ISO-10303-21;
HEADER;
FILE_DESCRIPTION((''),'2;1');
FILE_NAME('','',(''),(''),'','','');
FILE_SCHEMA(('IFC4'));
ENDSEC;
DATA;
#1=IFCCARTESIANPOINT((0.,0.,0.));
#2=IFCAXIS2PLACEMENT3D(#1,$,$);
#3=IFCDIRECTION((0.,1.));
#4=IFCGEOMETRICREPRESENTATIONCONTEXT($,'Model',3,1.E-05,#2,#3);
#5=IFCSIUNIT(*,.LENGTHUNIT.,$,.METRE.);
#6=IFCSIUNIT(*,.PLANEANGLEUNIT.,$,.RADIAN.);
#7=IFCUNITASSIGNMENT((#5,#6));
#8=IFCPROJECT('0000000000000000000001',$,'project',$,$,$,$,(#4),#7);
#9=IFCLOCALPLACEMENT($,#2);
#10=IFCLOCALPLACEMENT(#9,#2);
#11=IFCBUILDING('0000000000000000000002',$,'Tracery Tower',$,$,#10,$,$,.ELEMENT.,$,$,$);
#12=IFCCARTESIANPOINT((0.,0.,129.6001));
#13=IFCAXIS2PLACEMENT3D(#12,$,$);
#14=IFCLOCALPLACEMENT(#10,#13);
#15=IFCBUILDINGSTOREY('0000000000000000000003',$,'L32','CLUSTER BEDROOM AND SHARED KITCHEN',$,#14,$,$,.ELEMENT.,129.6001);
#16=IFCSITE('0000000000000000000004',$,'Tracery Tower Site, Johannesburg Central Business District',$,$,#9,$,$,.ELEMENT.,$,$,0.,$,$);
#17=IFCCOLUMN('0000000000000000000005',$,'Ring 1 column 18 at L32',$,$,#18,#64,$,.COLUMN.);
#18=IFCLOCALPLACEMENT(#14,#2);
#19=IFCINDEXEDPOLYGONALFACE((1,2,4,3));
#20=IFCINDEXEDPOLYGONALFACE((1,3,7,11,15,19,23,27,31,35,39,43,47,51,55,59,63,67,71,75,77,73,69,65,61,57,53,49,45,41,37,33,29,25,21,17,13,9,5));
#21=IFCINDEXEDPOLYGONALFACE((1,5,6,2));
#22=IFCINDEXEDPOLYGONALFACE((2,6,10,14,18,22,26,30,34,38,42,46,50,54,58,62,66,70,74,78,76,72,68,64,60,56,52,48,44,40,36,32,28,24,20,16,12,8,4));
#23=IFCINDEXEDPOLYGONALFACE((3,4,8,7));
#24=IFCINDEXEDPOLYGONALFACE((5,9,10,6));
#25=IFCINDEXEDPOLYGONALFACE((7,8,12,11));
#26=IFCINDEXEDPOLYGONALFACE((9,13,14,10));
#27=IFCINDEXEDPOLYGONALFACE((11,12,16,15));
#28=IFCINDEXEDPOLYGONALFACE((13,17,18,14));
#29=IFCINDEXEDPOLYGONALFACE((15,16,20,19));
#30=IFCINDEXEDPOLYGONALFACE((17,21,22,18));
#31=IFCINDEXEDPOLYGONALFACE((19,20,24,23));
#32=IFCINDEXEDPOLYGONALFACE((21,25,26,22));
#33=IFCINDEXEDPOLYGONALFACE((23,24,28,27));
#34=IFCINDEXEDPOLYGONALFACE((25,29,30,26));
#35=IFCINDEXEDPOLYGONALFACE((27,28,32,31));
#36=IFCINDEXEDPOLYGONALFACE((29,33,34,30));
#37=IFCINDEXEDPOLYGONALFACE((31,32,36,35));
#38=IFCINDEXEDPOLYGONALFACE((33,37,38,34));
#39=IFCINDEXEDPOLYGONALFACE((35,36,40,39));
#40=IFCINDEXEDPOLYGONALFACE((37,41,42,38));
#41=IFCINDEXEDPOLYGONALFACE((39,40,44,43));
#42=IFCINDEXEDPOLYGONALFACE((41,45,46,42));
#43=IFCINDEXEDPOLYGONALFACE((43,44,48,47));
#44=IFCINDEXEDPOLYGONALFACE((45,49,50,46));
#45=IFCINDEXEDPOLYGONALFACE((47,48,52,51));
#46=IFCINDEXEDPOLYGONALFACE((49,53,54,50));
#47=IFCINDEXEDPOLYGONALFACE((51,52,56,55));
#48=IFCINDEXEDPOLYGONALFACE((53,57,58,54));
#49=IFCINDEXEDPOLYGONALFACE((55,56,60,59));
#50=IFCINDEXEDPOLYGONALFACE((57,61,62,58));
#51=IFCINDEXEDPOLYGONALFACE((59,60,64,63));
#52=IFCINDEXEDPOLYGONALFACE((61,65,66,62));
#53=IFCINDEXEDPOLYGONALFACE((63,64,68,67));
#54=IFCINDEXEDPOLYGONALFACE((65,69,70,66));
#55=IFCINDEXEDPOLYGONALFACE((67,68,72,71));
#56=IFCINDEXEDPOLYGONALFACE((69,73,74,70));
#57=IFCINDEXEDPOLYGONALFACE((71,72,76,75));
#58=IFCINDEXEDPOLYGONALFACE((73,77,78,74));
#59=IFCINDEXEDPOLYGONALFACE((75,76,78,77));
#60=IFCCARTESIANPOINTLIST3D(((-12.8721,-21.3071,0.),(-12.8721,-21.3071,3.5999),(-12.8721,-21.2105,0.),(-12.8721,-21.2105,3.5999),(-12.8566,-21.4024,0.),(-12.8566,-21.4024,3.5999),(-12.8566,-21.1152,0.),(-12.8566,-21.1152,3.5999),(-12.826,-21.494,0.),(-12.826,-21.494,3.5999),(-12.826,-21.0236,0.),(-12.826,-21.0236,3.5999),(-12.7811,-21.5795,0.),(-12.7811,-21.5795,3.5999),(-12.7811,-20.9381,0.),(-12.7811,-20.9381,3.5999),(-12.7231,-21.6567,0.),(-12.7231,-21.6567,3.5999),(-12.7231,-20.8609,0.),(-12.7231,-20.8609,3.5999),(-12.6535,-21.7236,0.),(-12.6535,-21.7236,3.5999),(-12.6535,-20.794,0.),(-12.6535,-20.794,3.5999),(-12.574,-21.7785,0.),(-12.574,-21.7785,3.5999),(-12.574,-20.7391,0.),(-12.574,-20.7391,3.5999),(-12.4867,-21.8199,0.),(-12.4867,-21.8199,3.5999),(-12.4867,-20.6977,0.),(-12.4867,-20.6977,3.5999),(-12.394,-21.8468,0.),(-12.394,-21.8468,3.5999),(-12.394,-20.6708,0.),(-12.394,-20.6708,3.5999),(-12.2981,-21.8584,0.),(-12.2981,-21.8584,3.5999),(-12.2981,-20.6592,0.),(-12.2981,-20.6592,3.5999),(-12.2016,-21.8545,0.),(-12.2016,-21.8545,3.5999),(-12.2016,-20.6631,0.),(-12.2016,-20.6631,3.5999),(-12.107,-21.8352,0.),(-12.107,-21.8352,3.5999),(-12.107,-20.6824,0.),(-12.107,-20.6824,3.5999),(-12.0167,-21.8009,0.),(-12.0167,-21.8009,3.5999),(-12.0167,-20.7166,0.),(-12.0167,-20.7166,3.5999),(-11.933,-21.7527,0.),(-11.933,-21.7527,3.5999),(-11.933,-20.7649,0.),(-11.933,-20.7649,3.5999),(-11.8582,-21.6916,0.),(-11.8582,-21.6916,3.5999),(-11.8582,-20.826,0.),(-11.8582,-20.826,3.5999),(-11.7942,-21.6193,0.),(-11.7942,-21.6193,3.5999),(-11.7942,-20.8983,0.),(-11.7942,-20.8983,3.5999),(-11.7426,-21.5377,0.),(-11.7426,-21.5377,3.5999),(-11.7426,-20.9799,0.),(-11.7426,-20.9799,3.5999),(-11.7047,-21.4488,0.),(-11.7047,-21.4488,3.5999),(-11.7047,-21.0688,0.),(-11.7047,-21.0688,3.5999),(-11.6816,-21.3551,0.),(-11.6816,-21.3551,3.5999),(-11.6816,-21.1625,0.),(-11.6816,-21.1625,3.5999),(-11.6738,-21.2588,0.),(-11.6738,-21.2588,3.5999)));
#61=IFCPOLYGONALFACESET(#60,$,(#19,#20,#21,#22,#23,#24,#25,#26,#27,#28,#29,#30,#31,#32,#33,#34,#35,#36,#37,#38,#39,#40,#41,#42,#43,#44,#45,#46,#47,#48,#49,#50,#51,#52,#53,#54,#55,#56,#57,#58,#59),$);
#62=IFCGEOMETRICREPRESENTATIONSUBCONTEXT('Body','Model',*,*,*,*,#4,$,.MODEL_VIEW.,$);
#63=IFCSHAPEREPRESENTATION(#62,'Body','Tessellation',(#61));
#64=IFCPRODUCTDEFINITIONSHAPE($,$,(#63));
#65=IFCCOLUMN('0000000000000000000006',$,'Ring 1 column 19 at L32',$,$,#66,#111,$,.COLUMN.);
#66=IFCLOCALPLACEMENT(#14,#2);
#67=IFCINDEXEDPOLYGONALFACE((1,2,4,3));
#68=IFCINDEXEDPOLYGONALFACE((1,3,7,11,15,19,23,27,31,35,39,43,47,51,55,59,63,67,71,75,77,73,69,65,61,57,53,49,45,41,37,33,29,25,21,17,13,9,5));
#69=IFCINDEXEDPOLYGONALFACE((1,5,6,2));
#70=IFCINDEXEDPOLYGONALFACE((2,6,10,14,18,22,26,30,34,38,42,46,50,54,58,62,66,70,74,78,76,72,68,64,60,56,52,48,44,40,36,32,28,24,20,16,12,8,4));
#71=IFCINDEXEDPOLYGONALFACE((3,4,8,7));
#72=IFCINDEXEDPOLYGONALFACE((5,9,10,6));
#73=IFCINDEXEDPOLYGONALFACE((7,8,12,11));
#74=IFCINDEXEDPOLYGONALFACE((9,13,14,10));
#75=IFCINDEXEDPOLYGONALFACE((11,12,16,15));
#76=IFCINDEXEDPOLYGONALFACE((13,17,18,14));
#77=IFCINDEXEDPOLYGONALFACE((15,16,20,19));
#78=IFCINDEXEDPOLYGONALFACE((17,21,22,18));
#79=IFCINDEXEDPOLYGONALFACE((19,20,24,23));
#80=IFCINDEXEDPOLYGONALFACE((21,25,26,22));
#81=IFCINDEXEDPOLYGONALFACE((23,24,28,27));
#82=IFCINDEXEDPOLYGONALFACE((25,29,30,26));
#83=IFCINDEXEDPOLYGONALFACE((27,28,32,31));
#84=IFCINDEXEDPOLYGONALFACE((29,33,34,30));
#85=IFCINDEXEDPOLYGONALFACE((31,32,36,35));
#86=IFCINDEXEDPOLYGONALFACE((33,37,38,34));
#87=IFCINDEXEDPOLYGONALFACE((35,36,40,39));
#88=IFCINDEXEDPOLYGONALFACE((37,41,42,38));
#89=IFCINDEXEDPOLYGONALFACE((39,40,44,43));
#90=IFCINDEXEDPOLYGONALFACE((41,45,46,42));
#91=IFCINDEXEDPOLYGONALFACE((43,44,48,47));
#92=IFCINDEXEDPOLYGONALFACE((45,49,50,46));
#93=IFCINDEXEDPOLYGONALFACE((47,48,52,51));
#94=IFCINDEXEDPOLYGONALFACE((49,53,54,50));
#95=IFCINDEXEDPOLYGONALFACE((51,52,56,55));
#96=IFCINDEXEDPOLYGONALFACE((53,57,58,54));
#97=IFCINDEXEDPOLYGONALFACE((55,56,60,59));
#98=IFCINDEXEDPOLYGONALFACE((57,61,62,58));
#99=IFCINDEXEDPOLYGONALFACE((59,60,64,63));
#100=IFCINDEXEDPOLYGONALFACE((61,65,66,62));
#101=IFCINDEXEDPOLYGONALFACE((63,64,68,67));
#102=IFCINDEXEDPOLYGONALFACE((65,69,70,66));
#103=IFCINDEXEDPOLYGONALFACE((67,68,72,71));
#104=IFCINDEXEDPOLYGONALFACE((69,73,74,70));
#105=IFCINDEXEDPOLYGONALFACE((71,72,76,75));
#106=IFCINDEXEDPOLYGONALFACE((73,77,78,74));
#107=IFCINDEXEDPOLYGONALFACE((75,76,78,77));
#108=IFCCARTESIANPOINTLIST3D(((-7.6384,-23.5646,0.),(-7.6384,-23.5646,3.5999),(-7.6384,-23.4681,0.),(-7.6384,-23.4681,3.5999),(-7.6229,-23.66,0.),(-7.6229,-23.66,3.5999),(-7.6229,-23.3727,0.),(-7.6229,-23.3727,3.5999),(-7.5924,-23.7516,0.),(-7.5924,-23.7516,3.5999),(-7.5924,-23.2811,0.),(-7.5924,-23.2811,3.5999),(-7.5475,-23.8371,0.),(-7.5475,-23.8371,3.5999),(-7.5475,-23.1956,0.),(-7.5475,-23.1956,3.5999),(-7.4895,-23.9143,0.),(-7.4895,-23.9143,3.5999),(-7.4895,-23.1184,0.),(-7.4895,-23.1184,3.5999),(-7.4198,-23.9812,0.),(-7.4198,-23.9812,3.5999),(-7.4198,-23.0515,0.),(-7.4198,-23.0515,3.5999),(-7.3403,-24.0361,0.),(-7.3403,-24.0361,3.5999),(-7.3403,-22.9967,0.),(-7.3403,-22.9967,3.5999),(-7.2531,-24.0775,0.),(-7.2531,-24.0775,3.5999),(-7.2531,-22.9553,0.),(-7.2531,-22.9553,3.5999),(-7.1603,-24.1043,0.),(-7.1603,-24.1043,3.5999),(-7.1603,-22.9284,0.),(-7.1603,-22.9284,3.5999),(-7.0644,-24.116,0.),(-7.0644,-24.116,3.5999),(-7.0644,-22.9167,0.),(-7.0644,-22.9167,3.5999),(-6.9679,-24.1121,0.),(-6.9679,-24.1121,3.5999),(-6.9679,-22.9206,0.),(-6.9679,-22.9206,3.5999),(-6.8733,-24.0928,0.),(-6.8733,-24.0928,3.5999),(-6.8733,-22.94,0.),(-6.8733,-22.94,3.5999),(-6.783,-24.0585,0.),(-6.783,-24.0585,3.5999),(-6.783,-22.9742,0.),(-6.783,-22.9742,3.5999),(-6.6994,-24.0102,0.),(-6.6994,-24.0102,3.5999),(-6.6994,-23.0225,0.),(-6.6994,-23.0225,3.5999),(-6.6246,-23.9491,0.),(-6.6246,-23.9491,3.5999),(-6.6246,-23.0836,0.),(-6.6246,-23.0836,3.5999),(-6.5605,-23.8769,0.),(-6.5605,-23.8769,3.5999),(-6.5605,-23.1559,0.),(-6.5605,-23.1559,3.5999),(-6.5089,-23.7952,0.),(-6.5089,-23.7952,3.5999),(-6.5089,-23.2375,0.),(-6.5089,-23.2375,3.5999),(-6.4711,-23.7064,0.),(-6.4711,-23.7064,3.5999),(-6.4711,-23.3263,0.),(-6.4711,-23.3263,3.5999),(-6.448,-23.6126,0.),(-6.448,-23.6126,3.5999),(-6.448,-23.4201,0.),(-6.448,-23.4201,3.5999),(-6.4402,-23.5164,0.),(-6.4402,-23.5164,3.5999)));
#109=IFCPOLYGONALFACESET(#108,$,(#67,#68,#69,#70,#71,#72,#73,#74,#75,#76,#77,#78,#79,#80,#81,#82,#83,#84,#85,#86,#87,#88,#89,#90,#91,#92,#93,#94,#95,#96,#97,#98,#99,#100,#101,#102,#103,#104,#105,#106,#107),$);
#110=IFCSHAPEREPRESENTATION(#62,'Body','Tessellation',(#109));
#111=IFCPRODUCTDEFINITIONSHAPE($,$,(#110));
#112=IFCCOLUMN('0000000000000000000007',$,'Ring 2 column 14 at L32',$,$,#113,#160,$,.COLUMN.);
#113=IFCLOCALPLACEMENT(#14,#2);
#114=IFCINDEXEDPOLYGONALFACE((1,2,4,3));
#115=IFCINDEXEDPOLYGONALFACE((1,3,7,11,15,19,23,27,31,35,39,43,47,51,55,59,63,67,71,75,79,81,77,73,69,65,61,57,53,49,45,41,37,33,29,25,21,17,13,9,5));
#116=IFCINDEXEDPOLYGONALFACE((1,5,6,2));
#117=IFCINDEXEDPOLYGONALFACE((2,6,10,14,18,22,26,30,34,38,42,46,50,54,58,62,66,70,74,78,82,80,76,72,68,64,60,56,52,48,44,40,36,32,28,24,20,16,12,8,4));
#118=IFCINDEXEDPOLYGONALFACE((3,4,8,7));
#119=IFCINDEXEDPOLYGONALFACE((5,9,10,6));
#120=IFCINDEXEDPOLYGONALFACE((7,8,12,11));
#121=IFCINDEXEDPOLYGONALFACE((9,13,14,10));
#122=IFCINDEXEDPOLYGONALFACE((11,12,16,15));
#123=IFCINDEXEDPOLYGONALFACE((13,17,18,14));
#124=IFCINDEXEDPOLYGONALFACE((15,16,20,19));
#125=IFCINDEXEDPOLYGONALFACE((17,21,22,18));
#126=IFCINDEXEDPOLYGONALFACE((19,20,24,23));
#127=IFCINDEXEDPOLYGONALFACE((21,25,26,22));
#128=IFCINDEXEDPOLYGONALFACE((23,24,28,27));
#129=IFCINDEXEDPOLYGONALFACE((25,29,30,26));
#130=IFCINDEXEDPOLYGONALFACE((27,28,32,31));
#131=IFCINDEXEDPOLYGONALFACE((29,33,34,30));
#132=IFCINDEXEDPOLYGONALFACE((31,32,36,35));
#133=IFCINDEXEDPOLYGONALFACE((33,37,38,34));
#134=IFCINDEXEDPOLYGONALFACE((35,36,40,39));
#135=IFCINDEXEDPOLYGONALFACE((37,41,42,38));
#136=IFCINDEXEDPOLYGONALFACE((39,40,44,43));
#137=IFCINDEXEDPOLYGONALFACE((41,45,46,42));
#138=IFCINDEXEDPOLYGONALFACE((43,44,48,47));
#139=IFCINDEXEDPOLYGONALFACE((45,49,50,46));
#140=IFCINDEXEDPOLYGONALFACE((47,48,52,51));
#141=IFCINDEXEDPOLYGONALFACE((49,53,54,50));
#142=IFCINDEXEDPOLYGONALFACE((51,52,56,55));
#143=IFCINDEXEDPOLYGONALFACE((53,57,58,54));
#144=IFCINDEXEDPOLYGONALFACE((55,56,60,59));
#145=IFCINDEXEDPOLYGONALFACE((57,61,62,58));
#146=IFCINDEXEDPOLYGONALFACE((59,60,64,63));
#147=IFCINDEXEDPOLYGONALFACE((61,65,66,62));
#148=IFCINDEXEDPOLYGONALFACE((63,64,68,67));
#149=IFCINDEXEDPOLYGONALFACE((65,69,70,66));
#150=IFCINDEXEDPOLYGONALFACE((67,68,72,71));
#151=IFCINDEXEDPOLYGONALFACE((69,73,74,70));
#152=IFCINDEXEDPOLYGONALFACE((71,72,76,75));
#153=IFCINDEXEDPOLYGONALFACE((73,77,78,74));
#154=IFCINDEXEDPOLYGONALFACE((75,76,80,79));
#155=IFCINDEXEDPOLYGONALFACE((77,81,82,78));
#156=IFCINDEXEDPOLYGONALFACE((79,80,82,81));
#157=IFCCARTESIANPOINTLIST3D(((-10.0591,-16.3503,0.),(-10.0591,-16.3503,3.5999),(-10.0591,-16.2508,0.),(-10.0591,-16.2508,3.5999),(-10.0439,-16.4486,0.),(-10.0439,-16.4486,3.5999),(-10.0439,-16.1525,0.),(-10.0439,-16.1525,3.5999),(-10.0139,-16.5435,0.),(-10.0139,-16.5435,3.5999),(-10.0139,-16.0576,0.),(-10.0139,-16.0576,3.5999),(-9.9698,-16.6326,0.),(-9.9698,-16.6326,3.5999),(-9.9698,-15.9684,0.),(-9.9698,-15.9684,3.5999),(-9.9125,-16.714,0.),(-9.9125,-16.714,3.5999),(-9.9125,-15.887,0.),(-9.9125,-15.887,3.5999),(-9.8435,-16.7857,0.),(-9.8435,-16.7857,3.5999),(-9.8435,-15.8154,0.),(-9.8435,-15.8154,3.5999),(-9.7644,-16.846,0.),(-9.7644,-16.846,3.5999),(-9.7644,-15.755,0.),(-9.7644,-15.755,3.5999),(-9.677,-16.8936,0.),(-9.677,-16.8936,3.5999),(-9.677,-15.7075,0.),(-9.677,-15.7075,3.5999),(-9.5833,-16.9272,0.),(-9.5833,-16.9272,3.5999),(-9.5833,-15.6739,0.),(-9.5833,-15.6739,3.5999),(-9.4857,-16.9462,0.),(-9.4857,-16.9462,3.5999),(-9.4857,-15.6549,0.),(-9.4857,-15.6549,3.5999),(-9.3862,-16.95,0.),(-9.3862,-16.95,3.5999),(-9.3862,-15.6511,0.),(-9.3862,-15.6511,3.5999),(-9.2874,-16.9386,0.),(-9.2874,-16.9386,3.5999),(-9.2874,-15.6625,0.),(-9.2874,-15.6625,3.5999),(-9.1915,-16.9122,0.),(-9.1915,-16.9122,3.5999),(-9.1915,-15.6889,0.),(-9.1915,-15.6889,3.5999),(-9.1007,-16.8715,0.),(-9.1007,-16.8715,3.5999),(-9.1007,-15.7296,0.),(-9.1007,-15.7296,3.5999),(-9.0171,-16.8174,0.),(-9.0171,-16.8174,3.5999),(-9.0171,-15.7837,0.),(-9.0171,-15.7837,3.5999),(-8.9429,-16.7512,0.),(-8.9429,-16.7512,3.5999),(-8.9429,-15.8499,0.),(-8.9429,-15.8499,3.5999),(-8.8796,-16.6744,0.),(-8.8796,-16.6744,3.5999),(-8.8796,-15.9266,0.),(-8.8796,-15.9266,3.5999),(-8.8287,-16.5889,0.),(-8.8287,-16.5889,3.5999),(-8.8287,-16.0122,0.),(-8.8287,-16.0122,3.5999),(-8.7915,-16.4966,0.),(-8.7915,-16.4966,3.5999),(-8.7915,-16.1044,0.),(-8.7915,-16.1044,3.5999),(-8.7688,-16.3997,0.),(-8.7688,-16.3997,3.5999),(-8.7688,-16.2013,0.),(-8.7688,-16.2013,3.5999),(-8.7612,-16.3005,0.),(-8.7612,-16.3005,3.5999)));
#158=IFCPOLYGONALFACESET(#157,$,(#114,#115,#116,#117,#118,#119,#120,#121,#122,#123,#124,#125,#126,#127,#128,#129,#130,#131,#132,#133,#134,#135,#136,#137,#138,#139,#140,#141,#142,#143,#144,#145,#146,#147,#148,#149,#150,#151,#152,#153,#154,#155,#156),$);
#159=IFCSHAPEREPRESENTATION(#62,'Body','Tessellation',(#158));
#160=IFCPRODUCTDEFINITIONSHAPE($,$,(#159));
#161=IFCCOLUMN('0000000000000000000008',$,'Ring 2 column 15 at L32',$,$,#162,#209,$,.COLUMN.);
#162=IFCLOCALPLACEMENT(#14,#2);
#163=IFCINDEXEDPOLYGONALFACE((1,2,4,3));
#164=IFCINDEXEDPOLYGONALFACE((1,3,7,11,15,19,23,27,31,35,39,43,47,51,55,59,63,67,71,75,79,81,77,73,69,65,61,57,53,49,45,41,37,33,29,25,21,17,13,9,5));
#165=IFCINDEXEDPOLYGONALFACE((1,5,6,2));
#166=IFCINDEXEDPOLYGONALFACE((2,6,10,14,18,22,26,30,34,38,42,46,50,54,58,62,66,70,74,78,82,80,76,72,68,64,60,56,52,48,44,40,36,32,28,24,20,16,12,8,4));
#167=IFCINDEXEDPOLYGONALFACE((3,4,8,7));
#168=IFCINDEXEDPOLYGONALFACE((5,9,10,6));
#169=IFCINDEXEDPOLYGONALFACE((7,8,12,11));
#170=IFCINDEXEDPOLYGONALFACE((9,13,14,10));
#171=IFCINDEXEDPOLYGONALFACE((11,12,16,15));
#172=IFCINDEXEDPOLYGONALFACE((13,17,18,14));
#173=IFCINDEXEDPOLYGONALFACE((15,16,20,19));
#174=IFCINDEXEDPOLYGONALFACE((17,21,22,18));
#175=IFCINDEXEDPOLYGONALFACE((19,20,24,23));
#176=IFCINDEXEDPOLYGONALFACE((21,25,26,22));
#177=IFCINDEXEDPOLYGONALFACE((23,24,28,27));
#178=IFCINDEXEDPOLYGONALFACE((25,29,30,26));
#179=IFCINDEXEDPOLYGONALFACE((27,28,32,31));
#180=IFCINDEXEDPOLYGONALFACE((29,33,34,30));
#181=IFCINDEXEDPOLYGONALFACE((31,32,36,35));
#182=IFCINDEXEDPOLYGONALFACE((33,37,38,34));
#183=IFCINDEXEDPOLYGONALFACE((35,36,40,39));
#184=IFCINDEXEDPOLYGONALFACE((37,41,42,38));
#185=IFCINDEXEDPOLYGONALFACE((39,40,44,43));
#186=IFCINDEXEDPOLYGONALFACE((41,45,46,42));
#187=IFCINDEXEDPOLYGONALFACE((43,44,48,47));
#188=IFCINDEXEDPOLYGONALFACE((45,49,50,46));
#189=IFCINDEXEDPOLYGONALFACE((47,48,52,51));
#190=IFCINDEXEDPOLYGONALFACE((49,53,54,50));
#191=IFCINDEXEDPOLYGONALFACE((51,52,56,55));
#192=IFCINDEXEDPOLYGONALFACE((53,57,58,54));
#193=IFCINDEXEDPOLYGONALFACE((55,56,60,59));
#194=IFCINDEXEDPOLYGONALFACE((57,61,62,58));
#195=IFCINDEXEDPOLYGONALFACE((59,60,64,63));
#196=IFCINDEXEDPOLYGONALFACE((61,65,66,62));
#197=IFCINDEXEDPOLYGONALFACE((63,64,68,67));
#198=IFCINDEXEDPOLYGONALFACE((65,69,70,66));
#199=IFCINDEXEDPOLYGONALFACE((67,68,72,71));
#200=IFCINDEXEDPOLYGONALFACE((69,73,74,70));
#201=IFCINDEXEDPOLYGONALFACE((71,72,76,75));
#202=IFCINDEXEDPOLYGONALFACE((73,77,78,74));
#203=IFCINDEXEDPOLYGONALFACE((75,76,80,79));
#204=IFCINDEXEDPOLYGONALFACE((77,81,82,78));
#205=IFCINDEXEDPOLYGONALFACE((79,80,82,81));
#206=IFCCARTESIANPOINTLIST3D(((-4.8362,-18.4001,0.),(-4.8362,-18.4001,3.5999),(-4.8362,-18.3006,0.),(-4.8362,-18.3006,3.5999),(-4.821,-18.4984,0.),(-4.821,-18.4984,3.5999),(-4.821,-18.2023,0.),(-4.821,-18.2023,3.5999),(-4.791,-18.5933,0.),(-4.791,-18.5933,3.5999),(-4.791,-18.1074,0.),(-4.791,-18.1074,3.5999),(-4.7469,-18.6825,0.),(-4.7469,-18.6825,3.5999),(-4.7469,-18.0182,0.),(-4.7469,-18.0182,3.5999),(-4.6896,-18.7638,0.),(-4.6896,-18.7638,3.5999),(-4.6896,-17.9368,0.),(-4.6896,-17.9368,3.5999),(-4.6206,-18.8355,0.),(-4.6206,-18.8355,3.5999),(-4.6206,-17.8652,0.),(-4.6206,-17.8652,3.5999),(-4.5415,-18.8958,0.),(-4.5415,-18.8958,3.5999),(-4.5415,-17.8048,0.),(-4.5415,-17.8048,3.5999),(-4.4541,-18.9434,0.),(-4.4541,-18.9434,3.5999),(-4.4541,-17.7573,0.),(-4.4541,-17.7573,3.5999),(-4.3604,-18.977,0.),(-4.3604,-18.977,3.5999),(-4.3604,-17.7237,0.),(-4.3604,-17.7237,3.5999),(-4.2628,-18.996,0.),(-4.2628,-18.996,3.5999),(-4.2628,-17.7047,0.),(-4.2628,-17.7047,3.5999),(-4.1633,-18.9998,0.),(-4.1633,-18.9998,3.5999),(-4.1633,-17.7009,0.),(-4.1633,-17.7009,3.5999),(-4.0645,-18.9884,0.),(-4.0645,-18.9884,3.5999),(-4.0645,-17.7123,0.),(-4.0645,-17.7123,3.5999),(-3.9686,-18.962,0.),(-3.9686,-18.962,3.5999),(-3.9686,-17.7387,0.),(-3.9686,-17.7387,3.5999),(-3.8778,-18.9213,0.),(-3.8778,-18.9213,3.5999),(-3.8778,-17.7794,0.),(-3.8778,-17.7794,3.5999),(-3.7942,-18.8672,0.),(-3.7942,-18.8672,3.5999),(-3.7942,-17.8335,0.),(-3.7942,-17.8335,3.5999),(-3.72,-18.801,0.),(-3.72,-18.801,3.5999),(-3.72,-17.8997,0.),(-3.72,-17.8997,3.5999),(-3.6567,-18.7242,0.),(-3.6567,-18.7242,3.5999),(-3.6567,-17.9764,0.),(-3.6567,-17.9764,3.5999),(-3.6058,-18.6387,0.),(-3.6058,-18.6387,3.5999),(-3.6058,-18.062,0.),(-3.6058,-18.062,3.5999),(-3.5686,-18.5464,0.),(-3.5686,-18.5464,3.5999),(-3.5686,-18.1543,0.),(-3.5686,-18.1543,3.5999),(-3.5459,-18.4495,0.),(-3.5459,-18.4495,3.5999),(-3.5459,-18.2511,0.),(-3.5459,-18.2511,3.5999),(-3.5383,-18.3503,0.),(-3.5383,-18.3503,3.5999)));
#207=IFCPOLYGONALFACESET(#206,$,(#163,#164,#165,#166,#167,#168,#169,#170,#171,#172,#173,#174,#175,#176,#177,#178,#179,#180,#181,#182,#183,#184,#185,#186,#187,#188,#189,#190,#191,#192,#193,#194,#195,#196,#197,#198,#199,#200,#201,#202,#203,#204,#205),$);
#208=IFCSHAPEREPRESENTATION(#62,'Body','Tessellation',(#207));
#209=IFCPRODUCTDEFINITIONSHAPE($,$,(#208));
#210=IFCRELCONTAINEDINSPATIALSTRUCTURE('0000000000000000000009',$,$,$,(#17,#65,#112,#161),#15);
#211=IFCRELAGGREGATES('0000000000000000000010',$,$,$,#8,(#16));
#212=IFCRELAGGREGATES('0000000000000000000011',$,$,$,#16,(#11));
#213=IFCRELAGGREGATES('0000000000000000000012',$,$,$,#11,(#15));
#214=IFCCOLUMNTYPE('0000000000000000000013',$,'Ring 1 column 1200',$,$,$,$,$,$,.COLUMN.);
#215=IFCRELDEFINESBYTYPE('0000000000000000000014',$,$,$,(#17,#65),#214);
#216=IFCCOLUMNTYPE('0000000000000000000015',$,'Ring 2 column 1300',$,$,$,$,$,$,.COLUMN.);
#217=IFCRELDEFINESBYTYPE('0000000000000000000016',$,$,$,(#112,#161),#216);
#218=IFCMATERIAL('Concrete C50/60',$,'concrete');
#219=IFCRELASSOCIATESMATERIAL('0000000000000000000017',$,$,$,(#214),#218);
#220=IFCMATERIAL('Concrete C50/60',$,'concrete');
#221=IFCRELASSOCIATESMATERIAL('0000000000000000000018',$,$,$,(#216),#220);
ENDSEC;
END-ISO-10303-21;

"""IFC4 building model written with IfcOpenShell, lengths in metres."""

from ifc_helpers import new_model, si_unit, direction, frame, origin, origin_2d, place, context, subcontext, project, spatial, circle, extrude, material, material_profile, profile_set, type_object, element, save


model = new_model("IFC4")

# Units and contexts
model_context = context("Model", 3, precision=1e-05, world=origin(), true_north=direction((0.0, 1.0)))
body_context = subcontext(model_context, "Body", "Model", "MODEL_VIEW")
ifc_project = project(units=[si_unit("LENGTHUNIT", "METRE"), si_unit("PLANEANGLEUNIT", "RADIAN")], contexts=[model_context])

# Site, building, storey
site_placement = place(None, origin())
site = spatial("IfcSite", under=ifc_project, at=site_placement, Name="Tracery Tower Site, Johannesburg Central Business District", CompositionType="ELEMENT", RefElevation=0.0)
building_placement = place(site_placement, origin())
building = spatial("IfcBuilding", under=site, at=building_placement, Name="Tracery Tower", CompositionType="ELEMENT")
storey_placement = place(building_placement, frame((0.0, 0.0, 129.6001)))
storey = spatial("IfcBuildingStorey", under=building, at=storey_placement, Name="L32", Description="CLUSTER BEDROOM AND SHARED KITCHEN", CompositionType="ELEMENT", Elevation=129.6001)

# Columns
ifc_material_1 = material(Name="Concrete C50/60", Category="concrete")
ifc_material_profile_1 = material_profile(ifc_material_1, circle(Radius=0.6001, at=origin_2d()), Name="RC D1200")
ifc_profile_set_1 = profile_set([ifc_material_profile_1], Name="Concrete C50/60")
column_type_1 = type_object("IfcColumnType", Name="Ring 1 column 1200", PredefinedType="COLUMN", material=ifc_profile_set_1)
for number, where, z_axis, x_axis, name in (
    (1, (-12.2739, -21.2588, 0.0), (0.0, 0.0, 1.0), (1.0, 0.0, 0.0), "Ring 1 column 18 at L32"),
    (2, (-7.0403, -23.5164, 0.0), (0.0, 0.0, 1.0), (1.0, 0.0, 0.0), "Ring 1 column 19 at L32"),
):
    element("IfcColumn", number, at=place(storey_placement, frame(where, z_axis=z_axis, x_axis=x_axis)), inside=storey, type_object=column_type_1, Name=name, PredefinedType="COLUMN", context=body_context, shape_type="SweptSolid", body=[
        extrude(circle(Radius=0.6001, at=origin_2d()), origin(), (0.0, 0.0, 1.0), 3.5999),
    ])
ifc_material_2 = material(Name="Concrete C50/60", Category="concrete")
ifc_material_profile_2 = material_profile(ifc_material_2, circle(Radius=0.6499, at=origin_2d()), Name="RC D1300")
ifc_profile_set_2 = profile_set([ifc_material_profile_2], Name="Concrete C50/60")
column_type_2 = type_object("IfcColumnType", Name="Ring 2 column 1300", PredefinedType="COLUMN", material=ifc_profile_set_2)
for number, where, z_axis, x_axis, name in (
    (3, (-9.4111, -16.3005, 0.0), (0.0, 0.0, 1.0), (1.0, 0.0, 0.0), "Ring 2 column 14 at L32"),
    (4, (-4.1882, -18.3503, 0.0), (0.0, 0.0, 1.0), (1.0, 0.0, 0.0), "Ring 2 column 15 at L32"),
):
    element("IfcColumn", number, at=place(storey_placement, frame(where, z_axis=z_axis, x_axis=x_axis)), inside=storey, type_object=column_type_2, Name=name, PredefinedType="COLUMN", context=body_context, shape_type="SweptSolid", body=[
        extrude(circle(Radius=0.6499, at=origin_2d()), origin(), (0.0, 0.0, 1.0), 3.5999),
    ])

save(model, "model.ifc")
